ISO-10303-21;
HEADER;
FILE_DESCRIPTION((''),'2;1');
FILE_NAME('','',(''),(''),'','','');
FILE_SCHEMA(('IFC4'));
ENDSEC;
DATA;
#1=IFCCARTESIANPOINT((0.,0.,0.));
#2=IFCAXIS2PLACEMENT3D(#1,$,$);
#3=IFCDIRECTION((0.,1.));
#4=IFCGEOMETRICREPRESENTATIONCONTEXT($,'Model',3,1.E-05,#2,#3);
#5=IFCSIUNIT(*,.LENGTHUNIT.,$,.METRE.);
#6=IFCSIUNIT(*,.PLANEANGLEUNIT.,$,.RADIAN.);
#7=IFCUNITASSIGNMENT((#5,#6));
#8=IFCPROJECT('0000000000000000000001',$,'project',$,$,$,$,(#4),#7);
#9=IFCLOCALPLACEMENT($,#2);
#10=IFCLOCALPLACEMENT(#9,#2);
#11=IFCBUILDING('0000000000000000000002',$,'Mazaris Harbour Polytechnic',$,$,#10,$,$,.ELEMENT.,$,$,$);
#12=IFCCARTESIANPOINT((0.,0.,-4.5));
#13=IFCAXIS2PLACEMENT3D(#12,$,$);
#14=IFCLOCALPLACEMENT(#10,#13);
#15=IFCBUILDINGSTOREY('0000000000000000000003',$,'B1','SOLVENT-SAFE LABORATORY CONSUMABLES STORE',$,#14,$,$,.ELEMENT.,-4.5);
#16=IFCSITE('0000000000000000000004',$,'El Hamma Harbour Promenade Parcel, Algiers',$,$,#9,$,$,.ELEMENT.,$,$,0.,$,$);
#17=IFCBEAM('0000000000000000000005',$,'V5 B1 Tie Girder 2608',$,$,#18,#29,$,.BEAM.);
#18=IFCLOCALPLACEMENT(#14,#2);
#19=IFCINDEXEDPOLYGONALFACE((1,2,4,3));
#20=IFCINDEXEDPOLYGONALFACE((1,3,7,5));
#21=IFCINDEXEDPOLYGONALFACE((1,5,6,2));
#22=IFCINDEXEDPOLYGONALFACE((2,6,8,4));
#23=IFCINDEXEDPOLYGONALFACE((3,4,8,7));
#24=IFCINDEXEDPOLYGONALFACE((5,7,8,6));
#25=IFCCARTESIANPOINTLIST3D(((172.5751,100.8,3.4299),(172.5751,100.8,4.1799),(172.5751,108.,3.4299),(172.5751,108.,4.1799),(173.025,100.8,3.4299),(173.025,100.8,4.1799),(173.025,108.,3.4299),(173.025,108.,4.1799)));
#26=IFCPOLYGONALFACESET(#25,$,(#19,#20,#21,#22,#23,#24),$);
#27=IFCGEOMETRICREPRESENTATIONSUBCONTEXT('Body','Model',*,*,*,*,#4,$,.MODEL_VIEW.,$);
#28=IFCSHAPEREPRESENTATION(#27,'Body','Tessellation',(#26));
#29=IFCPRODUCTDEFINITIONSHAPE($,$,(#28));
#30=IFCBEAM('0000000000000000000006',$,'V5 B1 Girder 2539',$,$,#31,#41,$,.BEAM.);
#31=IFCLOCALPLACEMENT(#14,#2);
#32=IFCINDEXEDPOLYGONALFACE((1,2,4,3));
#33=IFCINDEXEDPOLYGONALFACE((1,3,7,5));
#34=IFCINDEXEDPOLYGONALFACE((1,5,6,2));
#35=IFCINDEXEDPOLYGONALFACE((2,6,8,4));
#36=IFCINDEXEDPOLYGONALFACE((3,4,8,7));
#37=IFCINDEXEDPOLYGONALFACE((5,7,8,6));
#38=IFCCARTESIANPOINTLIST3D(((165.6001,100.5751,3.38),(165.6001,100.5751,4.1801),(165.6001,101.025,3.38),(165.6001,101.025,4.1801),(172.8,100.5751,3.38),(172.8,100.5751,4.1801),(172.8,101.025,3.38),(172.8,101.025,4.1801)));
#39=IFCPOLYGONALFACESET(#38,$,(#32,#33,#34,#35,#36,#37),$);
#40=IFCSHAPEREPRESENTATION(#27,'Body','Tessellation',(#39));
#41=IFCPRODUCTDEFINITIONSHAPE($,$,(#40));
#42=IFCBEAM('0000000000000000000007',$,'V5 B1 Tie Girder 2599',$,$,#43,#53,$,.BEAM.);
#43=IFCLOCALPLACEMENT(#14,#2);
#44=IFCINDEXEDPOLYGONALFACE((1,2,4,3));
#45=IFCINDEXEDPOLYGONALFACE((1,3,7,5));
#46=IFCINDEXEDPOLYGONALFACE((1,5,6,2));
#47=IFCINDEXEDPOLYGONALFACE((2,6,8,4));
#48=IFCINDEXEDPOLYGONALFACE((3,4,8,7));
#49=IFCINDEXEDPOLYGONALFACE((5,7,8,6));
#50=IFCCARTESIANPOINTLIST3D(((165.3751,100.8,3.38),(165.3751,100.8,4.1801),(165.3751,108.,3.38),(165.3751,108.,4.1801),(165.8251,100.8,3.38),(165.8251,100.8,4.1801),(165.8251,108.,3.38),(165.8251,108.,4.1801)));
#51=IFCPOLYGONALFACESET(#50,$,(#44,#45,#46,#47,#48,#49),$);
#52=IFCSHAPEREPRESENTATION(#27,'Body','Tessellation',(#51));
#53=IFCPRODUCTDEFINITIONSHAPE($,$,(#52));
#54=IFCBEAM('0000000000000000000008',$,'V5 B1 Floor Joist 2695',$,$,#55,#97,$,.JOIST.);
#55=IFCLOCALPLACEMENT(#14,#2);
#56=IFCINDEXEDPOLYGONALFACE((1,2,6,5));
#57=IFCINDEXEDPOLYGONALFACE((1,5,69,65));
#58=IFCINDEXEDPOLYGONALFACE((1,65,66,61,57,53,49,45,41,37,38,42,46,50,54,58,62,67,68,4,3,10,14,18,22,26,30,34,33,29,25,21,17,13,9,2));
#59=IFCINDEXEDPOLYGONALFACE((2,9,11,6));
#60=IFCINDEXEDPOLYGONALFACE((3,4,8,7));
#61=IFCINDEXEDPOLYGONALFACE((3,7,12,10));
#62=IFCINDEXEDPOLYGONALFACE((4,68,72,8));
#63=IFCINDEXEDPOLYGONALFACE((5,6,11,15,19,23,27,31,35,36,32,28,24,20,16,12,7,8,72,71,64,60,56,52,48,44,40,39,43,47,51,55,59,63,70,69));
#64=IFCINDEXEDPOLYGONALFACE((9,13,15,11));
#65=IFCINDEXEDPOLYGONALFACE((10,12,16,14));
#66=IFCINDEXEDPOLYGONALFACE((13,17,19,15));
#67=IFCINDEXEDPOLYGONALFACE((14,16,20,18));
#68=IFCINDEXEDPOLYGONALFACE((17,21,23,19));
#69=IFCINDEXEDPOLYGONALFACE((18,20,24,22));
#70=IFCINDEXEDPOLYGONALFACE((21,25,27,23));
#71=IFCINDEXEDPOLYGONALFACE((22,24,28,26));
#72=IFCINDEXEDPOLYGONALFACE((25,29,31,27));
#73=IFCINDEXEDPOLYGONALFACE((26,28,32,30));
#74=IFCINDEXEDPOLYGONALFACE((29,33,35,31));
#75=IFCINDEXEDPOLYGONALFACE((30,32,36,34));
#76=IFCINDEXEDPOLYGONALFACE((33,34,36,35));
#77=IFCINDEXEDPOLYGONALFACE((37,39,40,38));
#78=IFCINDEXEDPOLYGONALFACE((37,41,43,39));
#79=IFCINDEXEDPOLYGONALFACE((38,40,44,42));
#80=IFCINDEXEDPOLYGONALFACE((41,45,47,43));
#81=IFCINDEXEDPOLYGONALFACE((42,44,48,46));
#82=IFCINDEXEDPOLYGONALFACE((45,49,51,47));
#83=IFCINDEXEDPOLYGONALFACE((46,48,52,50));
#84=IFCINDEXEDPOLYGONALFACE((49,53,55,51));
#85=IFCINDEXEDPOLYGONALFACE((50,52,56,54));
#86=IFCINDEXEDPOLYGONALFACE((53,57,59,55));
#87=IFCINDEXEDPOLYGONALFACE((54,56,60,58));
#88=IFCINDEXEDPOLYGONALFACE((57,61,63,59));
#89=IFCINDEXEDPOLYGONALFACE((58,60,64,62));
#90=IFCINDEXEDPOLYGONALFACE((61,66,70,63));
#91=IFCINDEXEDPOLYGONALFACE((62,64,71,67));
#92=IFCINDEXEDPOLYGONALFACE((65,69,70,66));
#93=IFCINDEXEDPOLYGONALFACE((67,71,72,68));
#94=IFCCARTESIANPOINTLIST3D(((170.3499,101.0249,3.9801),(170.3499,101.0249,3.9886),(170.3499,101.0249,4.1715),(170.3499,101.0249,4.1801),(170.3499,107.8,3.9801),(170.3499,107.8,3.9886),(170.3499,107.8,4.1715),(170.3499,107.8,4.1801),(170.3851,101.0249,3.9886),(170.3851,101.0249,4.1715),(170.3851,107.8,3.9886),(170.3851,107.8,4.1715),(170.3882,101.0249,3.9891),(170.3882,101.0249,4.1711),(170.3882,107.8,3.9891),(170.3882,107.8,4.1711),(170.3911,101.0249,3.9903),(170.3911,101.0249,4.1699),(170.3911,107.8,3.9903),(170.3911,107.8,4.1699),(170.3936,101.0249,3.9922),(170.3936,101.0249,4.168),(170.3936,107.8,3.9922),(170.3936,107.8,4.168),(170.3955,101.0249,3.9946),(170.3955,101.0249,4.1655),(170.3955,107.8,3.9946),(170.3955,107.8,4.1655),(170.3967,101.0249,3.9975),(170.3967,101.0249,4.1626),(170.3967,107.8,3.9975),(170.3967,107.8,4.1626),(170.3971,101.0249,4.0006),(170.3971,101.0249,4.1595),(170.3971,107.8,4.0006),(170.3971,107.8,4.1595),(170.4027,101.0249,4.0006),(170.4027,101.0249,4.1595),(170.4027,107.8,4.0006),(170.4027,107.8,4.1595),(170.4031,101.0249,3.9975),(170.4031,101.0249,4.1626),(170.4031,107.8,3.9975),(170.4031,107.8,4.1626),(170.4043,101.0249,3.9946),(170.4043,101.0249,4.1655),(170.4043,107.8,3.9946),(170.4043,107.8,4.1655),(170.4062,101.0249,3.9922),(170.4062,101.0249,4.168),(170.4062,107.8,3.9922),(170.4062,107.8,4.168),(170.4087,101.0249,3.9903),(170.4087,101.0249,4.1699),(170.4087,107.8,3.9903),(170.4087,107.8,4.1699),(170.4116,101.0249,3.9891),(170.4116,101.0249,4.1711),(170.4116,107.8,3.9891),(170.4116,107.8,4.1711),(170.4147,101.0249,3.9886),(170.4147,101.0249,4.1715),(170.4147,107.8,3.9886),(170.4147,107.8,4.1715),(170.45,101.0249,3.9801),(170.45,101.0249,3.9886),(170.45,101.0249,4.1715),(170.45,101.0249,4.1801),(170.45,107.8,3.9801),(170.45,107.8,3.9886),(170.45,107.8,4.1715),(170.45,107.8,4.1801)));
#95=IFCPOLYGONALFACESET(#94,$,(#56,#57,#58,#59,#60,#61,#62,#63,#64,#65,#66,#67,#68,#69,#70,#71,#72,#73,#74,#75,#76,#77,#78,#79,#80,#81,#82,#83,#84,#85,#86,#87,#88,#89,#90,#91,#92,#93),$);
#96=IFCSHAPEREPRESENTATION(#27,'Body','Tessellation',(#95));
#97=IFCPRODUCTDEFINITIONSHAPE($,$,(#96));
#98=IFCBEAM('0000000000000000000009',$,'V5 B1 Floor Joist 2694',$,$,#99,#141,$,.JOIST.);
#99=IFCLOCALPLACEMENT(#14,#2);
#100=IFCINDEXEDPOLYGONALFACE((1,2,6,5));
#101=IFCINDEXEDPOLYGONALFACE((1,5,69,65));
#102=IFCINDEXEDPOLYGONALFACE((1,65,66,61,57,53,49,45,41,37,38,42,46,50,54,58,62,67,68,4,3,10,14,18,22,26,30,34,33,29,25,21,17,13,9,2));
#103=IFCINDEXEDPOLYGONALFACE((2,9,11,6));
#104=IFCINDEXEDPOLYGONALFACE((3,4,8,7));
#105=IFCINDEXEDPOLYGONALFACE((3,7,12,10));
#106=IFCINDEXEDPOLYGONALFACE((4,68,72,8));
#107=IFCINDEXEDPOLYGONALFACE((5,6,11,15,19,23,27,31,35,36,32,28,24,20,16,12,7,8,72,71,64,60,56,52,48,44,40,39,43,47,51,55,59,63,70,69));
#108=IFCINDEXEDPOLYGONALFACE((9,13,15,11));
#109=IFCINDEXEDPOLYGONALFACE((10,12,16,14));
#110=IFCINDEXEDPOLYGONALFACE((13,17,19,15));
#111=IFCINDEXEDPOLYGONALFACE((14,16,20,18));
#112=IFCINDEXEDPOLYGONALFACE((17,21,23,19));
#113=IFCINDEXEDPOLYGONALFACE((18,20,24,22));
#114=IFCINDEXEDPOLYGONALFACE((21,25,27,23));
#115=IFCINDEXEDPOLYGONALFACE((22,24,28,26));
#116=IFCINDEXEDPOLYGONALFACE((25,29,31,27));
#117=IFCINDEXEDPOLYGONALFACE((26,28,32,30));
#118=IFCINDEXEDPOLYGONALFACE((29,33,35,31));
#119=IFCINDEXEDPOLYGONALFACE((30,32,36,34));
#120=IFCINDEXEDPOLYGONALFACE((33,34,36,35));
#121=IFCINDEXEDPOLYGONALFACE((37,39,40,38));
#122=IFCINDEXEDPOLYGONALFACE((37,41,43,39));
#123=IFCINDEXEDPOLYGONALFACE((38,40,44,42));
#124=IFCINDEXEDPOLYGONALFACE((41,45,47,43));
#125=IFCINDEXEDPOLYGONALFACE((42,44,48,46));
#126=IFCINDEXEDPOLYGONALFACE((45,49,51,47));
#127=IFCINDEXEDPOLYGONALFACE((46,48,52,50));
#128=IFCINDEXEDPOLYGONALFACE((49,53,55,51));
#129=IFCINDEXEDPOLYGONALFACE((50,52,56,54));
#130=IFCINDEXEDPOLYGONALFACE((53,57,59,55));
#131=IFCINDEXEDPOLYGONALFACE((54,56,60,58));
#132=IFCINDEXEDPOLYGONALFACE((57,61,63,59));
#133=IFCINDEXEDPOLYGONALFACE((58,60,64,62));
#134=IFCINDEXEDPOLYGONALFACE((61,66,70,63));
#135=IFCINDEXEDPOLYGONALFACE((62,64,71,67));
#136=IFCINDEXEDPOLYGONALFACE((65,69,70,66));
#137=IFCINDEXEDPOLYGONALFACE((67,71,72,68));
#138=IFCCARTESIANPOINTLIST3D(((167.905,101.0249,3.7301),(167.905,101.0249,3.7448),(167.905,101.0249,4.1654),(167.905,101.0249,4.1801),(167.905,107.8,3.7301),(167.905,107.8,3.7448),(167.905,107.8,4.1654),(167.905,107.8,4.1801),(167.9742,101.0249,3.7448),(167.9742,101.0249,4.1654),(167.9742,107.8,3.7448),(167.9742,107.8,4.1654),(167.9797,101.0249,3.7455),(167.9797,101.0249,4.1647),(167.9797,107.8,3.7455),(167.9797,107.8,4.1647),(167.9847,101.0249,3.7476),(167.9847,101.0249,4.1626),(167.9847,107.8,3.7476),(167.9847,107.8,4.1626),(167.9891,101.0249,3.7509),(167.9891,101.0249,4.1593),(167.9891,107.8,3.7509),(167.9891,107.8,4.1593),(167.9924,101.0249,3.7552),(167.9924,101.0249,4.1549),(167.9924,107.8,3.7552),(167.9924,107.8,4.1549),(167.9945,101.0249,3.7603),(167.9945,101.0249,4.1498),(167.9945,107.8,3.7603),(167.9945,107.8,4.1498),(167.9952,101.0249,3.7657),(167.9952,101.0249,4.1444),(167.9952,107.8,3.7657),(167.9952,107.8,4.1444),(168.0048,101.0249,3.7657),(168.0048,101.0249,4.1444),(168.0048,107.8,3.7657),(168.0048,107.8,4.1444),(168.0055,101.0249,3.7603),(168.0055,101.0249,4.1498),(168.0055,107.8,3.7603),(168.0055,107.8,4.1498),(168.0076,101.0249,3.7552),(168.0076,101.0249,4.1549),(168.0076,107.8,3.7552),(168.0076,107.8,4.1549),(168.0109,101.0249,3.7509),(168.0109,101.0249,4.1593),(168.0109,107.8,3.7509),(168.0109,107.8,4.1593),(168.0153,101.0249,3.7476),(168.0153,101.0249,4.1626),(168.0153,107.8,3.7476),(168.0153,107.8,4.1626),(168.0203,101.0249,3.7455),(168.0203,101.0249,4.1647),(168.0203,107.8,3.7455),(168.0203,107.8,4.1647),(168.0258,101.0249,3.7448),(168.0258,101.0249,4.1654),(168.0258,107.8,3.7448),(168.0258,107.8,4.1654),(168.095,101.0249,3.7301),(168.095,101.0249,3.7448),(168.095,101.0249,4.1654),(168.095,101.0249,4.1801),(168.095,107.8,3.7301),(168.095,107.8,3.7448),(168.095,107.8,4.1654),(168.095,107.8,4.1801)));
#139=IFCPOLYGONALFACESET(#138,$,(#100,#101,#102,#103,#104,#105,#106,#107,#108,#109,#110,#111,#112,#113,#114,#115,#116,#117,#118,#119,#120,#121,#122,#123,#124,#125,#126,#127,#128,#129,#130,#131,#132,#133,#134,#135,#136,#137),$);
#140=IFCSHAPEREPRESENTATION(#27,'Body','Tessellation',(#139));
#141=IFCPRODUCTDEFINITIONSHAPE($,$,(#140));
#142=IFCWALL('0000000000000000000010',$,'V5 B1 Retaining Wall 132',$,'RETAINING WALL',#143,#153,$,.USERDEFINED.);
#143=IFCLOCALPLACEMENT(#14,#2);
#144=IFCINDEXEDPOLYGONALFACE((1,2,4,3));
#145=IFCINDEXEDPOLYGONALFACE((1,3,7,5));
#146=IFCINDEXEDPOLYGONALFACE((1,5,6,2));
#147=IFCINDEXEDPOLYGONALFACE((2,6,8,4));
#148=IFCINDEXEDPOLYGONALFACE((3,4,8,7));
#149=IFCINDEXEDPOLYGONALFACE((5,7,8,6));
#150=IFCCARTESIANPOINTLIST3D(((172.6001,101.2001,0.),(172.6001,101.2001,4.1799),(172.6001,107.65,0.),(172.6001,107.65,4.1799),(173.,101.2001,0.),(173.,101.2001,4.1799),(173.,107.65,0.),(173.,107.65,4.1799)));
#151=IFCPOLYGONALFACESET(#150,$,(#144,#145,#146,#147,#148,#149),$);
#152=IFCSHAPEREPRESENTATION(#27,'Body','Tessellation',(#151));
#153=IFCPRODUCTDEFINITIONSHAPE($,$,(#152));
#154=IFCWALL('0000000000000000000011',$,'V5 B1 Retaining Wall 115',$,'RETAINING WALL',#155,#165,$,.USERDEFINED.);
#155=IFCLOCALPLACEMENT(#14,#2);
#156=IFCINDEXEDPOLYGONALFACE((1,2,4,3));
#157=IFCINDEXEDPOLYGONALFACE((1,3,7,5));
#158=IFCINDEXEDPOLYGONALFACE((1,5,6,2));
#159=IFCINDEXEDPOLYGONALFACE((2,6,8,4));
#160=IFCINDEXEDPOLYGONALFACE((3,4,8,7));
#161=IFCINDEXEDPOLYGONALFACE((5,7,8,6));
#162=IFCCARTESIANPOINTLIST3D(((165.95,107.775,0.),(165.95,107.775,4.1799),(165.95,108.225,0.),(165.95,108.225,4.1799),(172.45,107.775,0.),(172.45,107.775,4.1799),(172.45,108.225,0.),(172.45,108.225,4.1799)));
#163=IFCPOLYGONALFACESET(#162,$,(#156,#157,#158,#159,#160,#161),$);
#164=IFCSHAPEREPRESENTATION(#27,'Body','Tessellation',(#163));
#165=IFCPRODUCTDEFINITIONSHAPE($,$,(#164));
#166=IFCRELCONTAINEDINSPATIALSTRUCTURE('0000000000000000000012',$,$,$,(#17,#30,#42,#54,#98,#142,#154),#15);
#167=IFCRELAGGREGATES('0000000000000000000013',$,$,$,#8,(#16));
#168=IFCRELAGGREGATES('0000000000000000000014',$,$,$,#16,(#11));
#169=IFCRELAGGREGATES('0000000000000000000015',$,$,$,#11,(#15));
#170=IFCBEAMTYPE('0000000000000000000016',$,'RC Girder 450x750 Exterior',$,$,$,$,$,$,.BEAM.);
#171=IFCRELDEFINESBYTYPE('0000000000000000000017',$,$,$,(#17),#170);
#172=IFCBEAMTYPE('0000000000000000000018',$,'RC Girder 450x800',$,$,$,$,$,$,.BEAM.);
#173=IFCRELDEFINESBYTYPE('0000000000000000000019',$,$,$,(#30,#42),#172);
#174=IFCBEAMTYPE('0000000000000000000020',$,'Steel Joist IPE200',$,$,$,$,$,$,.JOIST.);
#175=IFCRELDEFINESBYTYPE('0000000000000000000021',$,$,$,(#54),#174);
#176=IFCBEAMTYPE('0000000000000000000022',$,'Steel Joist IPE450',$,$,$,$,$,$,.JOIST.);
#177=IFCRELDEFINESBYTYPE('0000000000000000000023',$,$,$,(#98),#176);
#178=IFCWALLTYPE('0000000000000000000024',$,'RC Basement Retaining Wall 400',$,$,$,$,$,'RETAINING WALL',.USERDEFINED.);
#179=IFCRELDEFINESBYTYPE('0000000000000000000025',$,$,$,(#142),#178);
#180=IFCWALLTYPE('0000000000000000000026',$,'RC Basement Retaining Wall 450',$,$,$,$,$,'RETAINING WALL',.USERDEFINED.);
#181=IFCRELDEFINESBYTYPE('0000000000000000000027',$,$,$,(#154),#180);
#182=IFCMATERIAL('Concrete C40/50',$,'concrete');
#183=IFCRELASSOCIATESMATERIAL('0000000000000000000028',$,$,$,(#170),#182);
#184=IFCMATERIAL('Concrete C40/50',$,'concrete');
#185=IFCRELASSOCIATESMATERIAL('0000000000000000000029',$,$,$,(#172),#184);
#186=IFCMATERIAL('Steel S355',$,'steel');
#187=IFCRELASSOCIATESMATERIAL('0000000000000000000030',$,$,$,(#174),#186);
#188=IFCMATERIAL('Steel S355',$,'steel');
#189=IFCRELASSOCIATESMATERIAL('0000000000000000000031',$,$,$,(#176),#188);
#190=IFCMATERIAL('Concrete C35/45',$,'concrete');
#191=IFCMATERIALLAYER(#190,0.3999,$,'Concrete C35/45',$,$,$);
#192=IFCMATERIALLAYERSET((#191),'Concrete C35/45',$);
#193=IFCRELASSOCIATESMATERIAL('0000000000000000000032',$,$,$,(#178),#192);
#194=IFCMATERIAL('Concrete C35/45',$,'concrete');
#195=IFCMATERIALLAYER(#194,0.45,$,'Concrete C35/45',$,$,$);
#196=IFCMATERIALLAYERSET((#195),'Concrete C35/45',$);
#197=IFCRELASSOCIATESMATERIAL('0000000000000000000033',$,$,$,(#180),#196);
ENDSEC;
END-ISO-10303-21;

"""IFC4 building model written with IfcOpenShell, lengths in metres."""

from ifc_helpers import new_model, si_unit, direction, frame, frame_2d, origin, origin_2d, place, context, subcontext, project, spatial, rectangle, i_section, extrude, material, layer, layer_set, material_profile, profile_set, type_object, element, save


model = new_model("IFC4")

# Units and contexts
model_context = context("Model", 3, precision=1e-05, world=origin(), true_north=direction((0.0, 1.0)))
body_context = subcontext(model_context, "Body", "Model", "MODEL_VIEW")
ifc_project = project(units=[si_unit("LENGTHUNIT", "METRE"), si_unit("PLANEANGLEUNIT", "RADIAN")], contexts=[model_context])

# Site, building, storey
site_placement = place(None, origin())
site = spatial("IfcSite", under=ifc_project, at=site_placement, Name="El Hamma Harbour Promenade Parcel, Algiers", CompositionType="ELEMENT", RefElevation=0.0)
building_placement = place(site_placement, origin())
building = spatial("IfcBuilding", under=site, at=building_placement, Name="Mazaris Harbour Polytechnic", CompositionType="ELEMENT")
storey_placement = place(building_placement, frame((0.0, 0.0, -4.5)))
storey = spatial("IfcBuildingStorey", under=building, at=storey_placement, Name="B1", Description="SOLVENT-SAFE LABORATORY CONSUMABLES STORE", CompositionType="ELEMENT", Elevation=-4.5)

# Beams
ifc_material_1 = material(Name="Concrete C40/50", Category="concrete")
ifc_material_profile_1 = material_profile(ifc_material_1, rectangle(XDim=0.45, YDim=0.75, at=origin_2d()), Name="RECT450x750")
ifc_profile_set_1 = profile_set([ifc_material_profile_1], Name="Concrete C40/50")
beam_type_1 = type_object("IfcBeamType", Name="RC Girder 450x750 Exterior", PredefinedType="BEAM", material=ifc_profile_set_1)
beam_1_placement = place(storey_placement, frame((172.8, 100.8, 3.8049), z_axis=(0.0, 1.0, 0.0), x_axis=(-1.0, 0.0, 0.0)))
element("IfcBeam", 1, at=beam_1_placement, inside=storey, type_object=beam_type_1, Name="V5 B1 Tie Girder 2608", PredefinedType="BEAM", context=body_context, shape_type="SweptSolid", body=[
    extrude(rectangle(XDim=0.45, YDim=0.75, at=origin_2d()), origin(), (0.0, 0.0, 1.0), 7.2),
])
ifc_material_2 = material(Name="Concrete C40/50", Category="concrete")
ifc_material_profile_2 = material_profile(ifc_material_2, rectangle(XDim=0.45, YDim=0.8, at=origin_2d()), Name="RECT450x800")
ifc_profile_set_2 = profile_set([ifc_material_profile_2], Name="Concrete C40/50")
beam_type_2 = type_object("IfcBeamType", Name="RC Girder 450x800", PredefinedType="BEAM", material=ifc_profile_set_2)
for number, where, z_axis, x_axis, name in (
    (2, (165.6001, 100.8, 3.78), (1.0, 0.0, 0.0), (0.0, 1.0, 0.0), "V5 B1 Girder 2539"),
    (3, (165.6001, 100.8, 3.78), (0.0, 1.0, 0.0), (-1.0, 0.0, 0.0), "V5 B1 Tie Girder 2599"),
):
    element("IfcBeam", number, at=place(storey_placement, frame(where, z_axis=z_axis, x_axis=x_axis)), inside=storey, type_object=beam_type_2, Name=name, PredefinedType="BEAM", context=body_context, shape_type="SweptSolid", body=[
        extrude(rectangle(XDim=0.45, YDim=0.8, at=origin_2d()), origin(), (0.0, 0.0, 1.0), 7.2),
    ])
ifc_material_3 = material(Name="Steel S355", Category="steel")
ifc_material_profile_3 = material_profile(ifc_material_3, i_section(OverallWidth=0.1001, OverallDepth=0.2, WebThickness=0.0056, FlangeThickness=0.0085, FilletRadius=0.012, at=origin_2d()), Name="IPE 200")
ifc_profile_set_3 = profile_set([ifc_material_profile_3], Name="Steel S355")
beam_type_3 = type_object("IfcBeamType", Name="Steel Joist IPE200", PredefinedType="JOIST", material=ifc_profile_set_3)
beam_2_placement = place(storey_placement, frame((170.3999, 101.0249, 4.0801), z_axis=(0.0, 1.0, 0.0), x_axis=(-1.0, 0.0, 0.0)))
element("IfcBeam", 4, at=beam_2_placement, inside=storey, type_object=beam_type_3, Name="V5 B1 Floor Joist 2695", PredefinedType="JOIST", context=body_context, shape_type="SweptSolid", body=[
    extrude(i_section(OverallWidth=0.1001, OverallDepth=0.2, WebThickness=0.0056, FlangeThickness=0.0085, FilletRadius=0.012, at=origin_2d()), origin(), (0.0, 0.0, 1.0), 6.7751),
])
ifc_material_4 = material(Name="Steel S355", Category="steel")
ifc_material_profile_4 = material_profile(ifc_material_4, i_section(OverallWidth=0.1899, OverallDepth=0.45, WebThickness=0.0095, FlangeThickness=0.0146, FilletRadius=0.021, at=origin_2d()), Name="IPE 450")
ifc_profile_set_4 = profile_set([ifc_material_profile_4], Name="Steel S355")
beam_type_4 = type_object("IfcBeamType", Name="Steel Joist IPE450", PredefinedType="JOIST", material=ifc_profile_set_4)
beam_3_placement = place(storey_placement, frame((168.0, 101.0249, 3.9551), z_axis=(0.0, 1.0, 0.0), x_axis=(-1.0, 0.0, 0.0)))
element("IfcBeam", 5, at=beam_3_placement, inside=storey, type_object=beam_type_4, Name="V5 B1 Floor Joist 2694", PredefinedType="JOIST", context=body_context, shape_type="SweptSolid", body=[
    extrude(i_section(OverallWidth=0.1899, OverallDepth=0.45, WebThickness=0.0095, FlangeThickness=0.0146, FilletRadius=0.021, at=origin_2d()), origin(), (0.0, 0.0, 1.0), 6.7751),
])

# Walls
ifc_material_5 = material(Name="Concrete C35/45", Category="concrete")
ifc_layer_1 = layer(ifc_material_5, 0.3999, Name="Concrete C35/45")
ifc_layer_set_1 = layer_set([ifc_layer_1], Name="Concrete C35/45")
wall_type_1 = type_object("IfcWallType", Name="RC Basement Retaining Wall 400", ElementType="RETAINING WALL", PredefinedType="USERDEFINED", material=ifc_layer_set_1)
wall_1_placement = place(storey_placement, frame((172.8, 101.2, 0.0), z_axis=(0.0, 0.0, 1.0), x_axis=(0.0, 1.0, 0.0)))
element("IfcWall", 6, at=wall_1_placement, inside=storey, type_object=wall_type_1, Name="V5 B1 Retaining Wall 132", ObjectType="RETAINING WALL", PredefinedType="USERDEFINED", context=body_context, shape_type="SweptSolid", body=[
    extrude(rectangle(XDim=6.45, YDim=0.3999, at=frame_2d((3.2251, 0.0))), origin(), (0.0, 0.0, 1.0), 4.1799),
])
ifc_material_6 = material(Name="Concrete C35/45", Category="concrete")
ifc_layer_2 = layer(ifc_material_6, 0.45, Name="Concrete C35/45")
ifc_layer_set_2 = layer_set([ifc_layer_2], Name="Concrete C35/45")
wall_type_2 = type_object("IfcWallType", Name="RC Basement Retaining Wall 450", ElementType="RETAINING WALL", PredefinedType="USERDEFINED", material=ifc_layer_set_2)
wall_2_placement = place(storey_placement, frame((165.95, 108.0, 0.0), z_axis=(0.0, 0.0, 1.0), x_axis=(1.0, 0.0, 0.0)))
element("IfcWall", 7, at=wall_2_placement, inside=storey, type_object=wall_type_2, Name="V5 B1 Retaining Wall 115", ObjectType="RETAINING WALL", PredefinedType="USERDEFINED", context=body_context, shape_type="SweptSolid", body=[
    extrude(rectangle(XDim=6.5, YDim=0.45, at=frame_2d((3.25, 0.0))), origin(), (0.0, 0.0, 1.0), 4.1799),
])

save(model, "model.ifc")
